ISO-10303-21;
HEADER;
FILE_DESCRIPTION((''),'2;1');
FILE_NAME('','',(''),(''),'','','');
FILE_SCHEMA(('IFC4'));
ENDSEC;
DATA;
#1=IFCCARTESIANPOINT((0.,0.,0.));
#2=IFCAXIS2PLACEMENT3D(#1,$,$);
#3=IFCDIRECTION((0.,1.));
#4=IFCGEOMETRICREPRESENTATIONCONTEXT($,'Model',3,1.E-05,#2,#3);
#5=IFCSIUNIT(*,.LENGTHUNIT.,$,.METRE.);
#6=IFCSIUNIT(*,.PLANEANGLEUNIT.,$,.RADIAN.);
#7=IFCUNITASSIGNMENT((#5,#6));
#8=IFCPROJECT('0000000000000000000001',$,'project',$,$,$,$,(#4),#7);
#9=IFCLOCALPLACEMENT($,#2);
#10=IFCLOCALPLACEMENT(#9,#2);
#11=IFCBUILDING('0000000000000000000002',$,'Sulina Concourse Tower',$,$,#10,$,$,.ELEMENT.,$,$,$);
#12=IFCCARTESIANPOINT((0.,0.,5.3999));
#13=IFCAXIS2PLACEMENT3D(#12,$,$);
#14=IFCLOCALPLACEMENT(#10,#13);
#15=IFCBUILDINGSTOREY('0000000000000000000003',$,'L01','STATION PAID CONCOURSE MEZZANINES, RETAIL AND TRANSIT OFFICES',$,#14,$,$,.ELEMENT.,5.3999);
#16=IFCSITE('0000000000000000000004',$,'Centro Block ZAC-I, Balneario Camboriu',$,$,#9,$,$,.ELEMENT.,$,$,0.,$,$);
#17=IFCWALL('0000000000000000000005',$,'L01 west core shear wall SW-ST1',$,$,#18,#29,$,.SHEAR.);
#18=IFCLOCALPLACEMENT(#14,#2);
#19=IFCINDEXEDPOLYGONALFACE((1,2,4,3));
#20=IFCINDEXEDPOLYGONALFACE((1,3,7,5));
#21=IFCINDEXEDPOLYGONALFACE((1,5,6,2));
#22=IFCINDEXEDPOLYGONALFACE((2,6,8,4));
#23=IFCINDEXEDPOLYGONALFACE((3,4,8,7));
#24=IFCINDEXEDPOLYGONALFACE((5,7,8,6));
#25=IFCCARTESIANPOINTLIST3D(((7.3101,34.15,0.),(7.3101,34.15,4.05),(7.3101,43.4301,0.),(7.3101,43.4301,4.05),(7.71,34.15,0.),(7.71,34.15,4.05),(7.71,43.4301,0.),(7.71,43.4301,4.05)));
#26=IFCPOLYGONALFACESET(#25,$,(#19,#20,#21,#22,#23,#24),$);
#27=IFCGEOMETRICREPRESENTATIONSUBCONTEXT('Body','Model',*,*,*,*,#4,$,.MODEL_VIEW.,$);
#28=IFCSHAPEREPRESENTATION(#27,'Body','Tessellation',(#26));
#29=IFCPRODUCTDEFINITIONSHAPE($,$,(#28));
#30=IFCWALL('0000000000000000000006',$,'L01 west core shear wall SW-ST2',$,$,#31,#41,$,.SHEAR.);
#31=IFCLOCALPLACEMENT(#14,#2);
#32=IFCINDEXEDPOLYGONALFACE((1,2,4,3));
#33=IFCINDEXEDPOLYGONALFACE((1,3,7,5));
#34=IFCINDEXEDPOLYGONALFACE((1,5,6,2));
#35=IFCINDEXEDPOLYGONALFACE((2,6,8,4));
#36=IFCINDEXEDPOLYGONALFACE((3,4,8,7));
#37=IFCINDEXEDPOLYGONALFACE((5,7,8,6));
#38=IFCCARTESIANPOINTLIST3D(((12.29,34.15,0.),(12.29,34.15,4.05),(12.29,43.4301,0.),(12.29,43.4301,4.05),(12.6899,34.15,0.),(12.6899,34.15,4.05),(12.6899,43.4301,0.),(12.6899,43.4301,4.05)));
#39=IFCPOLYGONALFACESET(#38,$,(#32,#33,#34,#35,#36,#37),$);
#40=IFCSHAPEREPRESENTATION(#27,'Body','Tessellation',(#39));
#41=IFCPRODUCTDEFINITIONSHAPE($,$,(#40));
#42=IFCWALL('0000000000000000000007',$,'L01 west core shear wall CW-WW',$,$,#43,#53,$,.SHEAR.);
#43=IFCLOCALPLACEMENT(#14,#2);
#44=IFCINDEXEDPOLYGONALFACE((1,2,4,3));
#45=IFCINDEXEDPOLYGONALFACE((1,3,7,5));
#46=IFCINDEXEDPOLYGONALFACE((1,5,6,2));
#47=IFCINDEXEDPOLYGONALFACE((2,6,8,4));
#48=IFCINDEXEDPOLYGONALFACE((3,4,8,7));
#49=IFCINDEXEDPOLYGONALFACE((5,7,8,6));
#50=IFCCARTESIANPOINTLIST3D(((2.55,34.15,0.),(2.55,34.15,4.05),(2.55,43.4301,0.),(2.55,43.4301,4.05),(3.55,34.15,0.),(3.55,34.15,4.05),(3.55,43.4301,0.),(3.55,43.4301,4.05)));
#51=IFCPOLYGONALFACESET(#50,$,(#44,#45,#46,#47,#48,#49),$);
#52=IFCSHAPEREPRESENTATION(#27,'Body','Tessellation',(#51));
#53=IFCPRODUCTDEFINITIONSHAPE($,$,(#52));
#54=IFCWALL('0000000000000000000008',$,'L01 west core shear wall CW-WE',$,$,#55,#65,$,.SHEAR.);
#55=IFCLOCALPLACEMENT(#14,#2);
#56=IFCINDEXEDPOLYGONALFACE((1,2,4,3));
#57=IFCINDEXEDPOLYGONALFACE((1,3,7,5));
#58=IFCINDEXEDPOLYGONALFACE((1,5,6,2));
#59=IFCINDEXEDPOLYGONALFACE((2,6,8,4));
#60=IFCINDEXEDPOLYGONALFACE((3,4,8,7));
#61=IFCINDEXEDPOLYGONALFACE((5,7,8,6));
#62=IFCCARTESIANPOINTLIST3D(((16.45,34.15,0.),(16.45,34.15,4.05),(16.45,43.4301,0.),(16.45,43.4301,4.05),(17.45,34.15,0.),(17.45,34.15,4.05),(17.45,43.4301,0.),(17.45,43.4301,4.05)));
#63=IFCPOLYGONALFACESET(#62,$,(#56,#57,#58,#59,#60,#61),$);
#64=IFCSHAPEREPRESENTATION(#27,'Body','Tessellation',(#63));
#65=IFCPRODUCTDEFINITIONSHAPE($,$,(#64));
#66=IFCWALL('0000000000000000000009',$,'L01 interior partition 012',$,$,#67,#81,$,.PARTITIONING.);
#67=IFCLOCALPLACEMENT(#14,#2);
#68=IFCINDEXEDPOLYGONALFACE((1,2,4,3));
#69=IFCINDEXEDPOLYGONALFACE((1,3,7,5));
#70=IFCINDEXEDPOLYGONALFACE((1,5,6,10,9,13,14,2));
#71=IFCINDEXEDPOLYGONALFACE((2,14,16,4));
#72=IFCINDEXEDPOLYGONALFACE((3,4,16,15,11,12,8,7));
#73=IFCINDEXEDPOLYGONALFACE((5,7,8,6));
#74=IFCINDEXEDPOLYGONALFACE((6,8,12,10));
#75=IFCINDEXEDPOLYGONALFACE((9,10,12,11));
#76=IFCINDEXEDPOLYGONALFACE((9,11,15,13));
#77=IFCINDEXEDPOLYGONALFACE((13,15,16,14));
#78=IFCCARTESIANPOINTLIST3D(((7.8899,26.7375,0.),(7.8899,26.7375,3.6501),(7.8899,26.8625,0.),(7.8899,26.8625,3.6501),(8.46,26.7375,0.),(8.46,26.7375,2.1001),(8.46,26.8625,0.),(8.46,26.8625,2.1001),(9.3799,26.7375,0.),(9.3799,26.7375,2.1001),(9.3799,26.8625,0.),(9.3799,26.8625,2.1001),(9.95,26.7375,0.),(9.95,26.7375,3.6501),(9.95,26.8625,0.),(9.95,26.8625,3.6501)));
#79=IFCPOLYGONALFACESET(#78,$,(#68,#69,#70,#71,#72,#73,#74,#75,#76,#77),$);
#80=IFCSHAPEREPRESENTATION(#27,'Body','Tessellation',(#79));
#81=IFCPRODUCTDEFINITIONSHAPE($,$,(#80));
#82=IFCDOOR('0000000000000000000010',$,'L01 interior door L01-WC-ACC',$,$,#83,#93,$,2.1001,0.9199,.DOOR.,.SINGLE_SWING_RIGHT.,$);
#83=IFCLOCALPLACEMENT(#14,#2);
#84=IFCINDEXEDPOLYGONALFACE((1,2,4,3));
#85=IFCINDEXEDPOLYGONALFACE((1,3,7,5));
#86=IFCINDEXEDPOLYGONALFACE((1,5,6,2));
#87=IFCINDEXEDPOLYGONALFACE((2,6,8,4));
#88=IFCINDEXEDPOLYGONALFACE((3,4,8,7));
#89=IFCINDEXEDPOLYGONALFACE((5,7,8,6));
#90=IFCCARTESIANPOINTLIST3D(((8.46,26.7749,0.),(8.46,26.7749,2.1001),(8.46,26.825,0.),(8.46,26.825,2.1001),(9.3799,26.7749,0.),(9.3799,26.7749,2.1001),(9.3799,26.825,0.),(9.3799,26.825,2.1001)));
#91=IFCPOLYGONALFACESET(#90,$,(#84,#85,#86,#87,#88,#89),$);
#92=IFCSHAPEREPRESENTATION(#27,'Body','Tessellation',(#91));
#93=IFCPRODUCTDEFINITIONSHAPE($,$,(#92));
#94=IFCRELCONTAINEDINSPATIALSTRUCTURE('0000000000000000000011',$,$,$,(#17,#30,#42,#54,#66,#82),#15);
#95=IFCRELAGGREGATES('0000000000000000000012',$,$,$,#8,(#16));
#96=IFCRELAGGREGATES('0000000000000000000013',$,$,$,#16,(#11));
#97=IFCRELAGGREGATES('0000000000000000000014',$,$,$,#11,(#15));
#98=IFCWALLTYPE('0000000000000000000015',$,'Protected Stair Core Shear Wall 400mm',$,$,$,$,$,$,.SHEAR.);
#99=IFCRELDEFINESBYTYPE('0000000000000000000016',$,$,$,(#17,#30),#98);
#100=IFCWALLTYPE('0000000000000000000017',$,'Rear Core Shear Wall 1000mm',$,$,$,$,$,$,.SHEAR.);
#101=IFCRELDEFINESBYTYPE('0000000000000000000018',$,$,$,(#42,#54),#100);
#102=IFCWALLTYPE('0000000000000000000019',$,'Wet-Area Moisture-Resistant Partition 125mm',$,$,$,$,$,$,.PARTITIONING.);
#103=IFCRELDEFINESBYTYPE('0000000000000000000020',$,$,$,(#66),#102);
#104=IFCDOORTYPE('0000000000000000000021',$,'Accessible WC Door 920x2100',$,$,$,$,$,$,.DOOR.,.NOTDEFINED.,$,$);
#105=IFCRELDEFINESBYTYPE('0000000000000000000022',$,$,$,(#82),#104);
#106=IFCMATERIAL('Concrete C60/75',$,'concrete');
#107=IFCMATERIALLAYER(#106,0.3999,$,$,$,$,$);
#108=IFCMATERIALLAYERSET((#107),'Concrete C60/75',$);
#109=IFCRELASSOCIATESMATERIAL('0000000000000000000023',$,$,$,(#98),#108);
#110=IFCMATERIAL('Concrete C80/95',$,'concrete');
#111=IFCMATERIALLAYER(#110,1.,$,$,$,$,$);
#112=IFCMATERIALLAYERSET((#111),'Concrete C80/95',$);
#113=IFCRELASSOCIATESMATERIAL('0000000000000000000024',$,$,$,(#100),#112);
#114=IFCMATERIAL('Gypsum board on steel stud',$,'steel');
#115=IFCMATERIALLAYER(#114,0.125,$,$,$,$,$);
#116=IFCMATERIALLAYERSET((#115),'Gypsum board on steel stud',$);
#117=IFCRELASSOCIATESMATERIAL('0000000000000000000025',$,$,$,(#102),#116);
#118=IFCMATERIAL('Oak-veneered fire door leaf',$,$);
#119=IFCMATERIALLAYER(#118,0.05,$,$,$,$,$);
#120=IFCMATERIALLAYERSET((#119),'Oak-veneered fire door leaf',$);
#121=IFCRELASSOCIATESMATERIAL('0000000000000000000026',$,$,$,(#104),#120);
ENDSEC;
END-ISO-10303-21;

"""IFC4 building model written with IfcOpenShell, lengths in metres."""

from ifc_helpers import new_model, si_unit, direction, frame, frame_2d, origin, place, context, subcontext, project, spatial, rectangle, extrude, material, layer, layer_set, type_object, element, fill, save


model = new_model("IFC4")

# Units and contexts
model_context = context("Model", 3, precision=1e-05, world=origin(), true_north=direction((0.0, 1.0)))
body_context = subcontext(model_context, "Body", "Model", "MODEL_VIEW")
ifc_project = project(units=[si_unit("LENGTHUNIT", "METRE"), si_unit("PLANEANGLEUNIT", "RADIAN")], contexts=[model_context])

# Site, building, storey
site_placement = place(None, origin())
site = spatial("IfcSite", under=ifc_project, at=site_placement, Name="Centro Block ZAC-I, Balneario Camboriu", CompositionType="ELEMENT", RefElevation=0.0)
building_placement = place(site_placement, origin())
building = spatial("IfcBuilding", under=site, at=building_placement, Name="Sulina Concourse Tower", CompositionType="ELEMENT")
storey_placement = place(building_placement, frame((0.0, 0.0, 5.3999)))
storey = spatial("IfcBuildingStorey", under=building, at=storey_placement, Name="L01", Description="STATION PAID CONCOURSE MEZZANINES, RETAIL AND TRANSIT OFFICES", CompositionType="ELEMENT", Elevation=5.3999)

# Walls
ifc_material_1 = material(Name="Concrete C60/75", Category="concrete")
ifc_layer_1 = layer(ifc_material_1, 0.3999)
ifc_layer_set_1 = layer_set([ifc_layer_1], Name="Concrete C60/75")
wall_type_1 = type_object("IfcWallType", Name="Protected Stair Core Shear Wall 400mm", PredefinedType="SHEAR", material=ifc_layer_set_1)
for number, where, z_axis, x_axis, name in (
    (1, (7.51, 34.1499, 0.0), (0.0, 0.0, 1.0), (0.0, 1.0, 0.0), "L01 west core shear wall SW-ST1"),
    (2, (12.49, 34.1499, 0.0), (0.0, 0.0, 1.0), (0.0, 1.0, 0.0), "L01 west core shear wall SW-ST2"),
):
    element("IfcWall", number, at=place(storey_placement, frame(where, z_axis=z_axis, x_axis=x_axis)), inside=storey, type_object=wall_type_1, Name=name, PredefinedType="SHEAR", context=body_context, shape_type="SweptSolid", body=[
        extrude(rectangle(XDim=9.28, YDim=0.3999, at=frame_2d((4.6401, 0.0))), origin(), (0.0, 0.0, 1.0), 4.05),
    ])
ifc_material_2 = material(Name="Concrete C80/95", Category="concrete")
ifc_layer_2 = layer(ifc_material_2, 1.0)
ifc_layer_set_2 = layer_set([ifc_layer_2], Name="Concrete C80/95")
wall_type_2 = type_object("IfcWallType", Name="Rear Core Shear Wall 1000mm", PredefinedType="SHEAR", material=ifc_layer_set_2)
for number, where, z_axis, x_axis, name in (
    (3, (3.05, 34.1499, 0.0), (0.0, 0.0, 1.0), (0.0, 1.0, 0.0), "L01 west core shear wall CW-WW"),
    (4, (16.95, 34.1499, 0.0), (0.0, 0.0, 1.0), (0.0, 1.0, 0.0), "L01 west core shear wall CW-WE"),
):
    element("IfcWall", number, at=place(storey_placement, frame(where, z_axis=z_axis, x_axis=x_axis)), inside=storey, type_object=wall_type_2, Name=name, PredefinedType="SHEAR", context=body_context, shape_type="SweptSolid", body=[
        extrude(rectangle(XDim=9.28, YDim=1.0, at=frame_2d((4.6401, 0.0))), origin(), (0.0, 0.0, 1.0), 4.05),
    ])

# Wall, opening, door
ifc_material_3 = material(Name="Gypsum board on steel stud", Category="steel")
ifc_layer_3 = layer(ifc_material_3, 0.125)
ifc_layer_set_3 = layer_set([ifc_layer_3], Name="Gypsum board on steel stud")
wall_type_3 = type_object("IfcWallType", Name="Wet-Area Moisture-Resistant Partition 125mm", PredefinedType="PARTITIONING", material=ifc_layer_set_3)
wall_1_placement = place(storey_placement, frame((7.8899, 26.8, 0.0), z_axis=(0.0, 0.0, 1.0), x_axis=(1.0, 0.0, 0.0)))
wall_1 = element("IfcWall", 5, at=wall_1_placement, inside=storey, type_object=wall_type_3, Name="L01 interior partition 012", PredefinedType="PARTITIONING", context=body_context, shape_type="SweptSolid", body=[
    extrude(rectangle(XDim=2.0601, YDim=0.125, at=frame_2d((1.03, 0.0))), origin(), (0.0, 0.0, 1.0), 3.6501),
])
opening_1_placement = place(wall_1_placement, frame((0.5701, 0.0, 0.0)))
opening_1 = element("IfcOpeningElement", 6, at=opening_1_placement, cuts=wall_1, PredefinedType="OPENING", context=body_context, shape_type="SweptSolid", body=[
    extrude(rectangle(XDim=0.9199, YDim=2.1001, at=frame_2d((0.46, 1.05))), frame((0.0, 0.0725, 0.0), z_axis=(0.0, -1.0, 0.0), x_axis=(1.0, 0.0, 0.0)), (0.0, 0.0, 1.0), 0.145),
])
ifc_material_4 = material(Name="Oak-veneered fire door leaf")
ifc_layer_4 = layer(ifc_material_4, 0.05)
ifc_layer_set_4 = layer_set([ifc_layer_4], Name="Oak-veneered fire door leaf")
door_type_1 = type_object("IfcDoorType", Name="Accessible WC Door 920x2100", OperationType="NOTDEFINED", PredefinedType="DOOR", material=ifc_layer_set_4)
door_1_placement = place(opening_1_placement, origin())
door_1 = element("IfcDoor", 7, at=door_1_placement, inside=storey, type_object=door_type_1, Name="L01 interior door L01-WC-ACC", OperationType="SINGLE_SWING_RIGHT", OverallHeight=2.1001, OverallWidth=0.9199, PredefinedType="DOOR", context=body_context, shape_type="SweptSolid", body=[
    extrude(rectangle(XDim=0.9199, YDim=2.1001, at=frame_2d((0.46, 1.05))), frame((0.0, 0.0249, 0.0), z_axis=(0.0, -1.0, 0.0), x_axis=(1.0, 0.0, 0.0)), (0.0, 0.0, 1.0), 0.05),
])
fill(opening_1, door_1)

save(model, "model.ifc")
